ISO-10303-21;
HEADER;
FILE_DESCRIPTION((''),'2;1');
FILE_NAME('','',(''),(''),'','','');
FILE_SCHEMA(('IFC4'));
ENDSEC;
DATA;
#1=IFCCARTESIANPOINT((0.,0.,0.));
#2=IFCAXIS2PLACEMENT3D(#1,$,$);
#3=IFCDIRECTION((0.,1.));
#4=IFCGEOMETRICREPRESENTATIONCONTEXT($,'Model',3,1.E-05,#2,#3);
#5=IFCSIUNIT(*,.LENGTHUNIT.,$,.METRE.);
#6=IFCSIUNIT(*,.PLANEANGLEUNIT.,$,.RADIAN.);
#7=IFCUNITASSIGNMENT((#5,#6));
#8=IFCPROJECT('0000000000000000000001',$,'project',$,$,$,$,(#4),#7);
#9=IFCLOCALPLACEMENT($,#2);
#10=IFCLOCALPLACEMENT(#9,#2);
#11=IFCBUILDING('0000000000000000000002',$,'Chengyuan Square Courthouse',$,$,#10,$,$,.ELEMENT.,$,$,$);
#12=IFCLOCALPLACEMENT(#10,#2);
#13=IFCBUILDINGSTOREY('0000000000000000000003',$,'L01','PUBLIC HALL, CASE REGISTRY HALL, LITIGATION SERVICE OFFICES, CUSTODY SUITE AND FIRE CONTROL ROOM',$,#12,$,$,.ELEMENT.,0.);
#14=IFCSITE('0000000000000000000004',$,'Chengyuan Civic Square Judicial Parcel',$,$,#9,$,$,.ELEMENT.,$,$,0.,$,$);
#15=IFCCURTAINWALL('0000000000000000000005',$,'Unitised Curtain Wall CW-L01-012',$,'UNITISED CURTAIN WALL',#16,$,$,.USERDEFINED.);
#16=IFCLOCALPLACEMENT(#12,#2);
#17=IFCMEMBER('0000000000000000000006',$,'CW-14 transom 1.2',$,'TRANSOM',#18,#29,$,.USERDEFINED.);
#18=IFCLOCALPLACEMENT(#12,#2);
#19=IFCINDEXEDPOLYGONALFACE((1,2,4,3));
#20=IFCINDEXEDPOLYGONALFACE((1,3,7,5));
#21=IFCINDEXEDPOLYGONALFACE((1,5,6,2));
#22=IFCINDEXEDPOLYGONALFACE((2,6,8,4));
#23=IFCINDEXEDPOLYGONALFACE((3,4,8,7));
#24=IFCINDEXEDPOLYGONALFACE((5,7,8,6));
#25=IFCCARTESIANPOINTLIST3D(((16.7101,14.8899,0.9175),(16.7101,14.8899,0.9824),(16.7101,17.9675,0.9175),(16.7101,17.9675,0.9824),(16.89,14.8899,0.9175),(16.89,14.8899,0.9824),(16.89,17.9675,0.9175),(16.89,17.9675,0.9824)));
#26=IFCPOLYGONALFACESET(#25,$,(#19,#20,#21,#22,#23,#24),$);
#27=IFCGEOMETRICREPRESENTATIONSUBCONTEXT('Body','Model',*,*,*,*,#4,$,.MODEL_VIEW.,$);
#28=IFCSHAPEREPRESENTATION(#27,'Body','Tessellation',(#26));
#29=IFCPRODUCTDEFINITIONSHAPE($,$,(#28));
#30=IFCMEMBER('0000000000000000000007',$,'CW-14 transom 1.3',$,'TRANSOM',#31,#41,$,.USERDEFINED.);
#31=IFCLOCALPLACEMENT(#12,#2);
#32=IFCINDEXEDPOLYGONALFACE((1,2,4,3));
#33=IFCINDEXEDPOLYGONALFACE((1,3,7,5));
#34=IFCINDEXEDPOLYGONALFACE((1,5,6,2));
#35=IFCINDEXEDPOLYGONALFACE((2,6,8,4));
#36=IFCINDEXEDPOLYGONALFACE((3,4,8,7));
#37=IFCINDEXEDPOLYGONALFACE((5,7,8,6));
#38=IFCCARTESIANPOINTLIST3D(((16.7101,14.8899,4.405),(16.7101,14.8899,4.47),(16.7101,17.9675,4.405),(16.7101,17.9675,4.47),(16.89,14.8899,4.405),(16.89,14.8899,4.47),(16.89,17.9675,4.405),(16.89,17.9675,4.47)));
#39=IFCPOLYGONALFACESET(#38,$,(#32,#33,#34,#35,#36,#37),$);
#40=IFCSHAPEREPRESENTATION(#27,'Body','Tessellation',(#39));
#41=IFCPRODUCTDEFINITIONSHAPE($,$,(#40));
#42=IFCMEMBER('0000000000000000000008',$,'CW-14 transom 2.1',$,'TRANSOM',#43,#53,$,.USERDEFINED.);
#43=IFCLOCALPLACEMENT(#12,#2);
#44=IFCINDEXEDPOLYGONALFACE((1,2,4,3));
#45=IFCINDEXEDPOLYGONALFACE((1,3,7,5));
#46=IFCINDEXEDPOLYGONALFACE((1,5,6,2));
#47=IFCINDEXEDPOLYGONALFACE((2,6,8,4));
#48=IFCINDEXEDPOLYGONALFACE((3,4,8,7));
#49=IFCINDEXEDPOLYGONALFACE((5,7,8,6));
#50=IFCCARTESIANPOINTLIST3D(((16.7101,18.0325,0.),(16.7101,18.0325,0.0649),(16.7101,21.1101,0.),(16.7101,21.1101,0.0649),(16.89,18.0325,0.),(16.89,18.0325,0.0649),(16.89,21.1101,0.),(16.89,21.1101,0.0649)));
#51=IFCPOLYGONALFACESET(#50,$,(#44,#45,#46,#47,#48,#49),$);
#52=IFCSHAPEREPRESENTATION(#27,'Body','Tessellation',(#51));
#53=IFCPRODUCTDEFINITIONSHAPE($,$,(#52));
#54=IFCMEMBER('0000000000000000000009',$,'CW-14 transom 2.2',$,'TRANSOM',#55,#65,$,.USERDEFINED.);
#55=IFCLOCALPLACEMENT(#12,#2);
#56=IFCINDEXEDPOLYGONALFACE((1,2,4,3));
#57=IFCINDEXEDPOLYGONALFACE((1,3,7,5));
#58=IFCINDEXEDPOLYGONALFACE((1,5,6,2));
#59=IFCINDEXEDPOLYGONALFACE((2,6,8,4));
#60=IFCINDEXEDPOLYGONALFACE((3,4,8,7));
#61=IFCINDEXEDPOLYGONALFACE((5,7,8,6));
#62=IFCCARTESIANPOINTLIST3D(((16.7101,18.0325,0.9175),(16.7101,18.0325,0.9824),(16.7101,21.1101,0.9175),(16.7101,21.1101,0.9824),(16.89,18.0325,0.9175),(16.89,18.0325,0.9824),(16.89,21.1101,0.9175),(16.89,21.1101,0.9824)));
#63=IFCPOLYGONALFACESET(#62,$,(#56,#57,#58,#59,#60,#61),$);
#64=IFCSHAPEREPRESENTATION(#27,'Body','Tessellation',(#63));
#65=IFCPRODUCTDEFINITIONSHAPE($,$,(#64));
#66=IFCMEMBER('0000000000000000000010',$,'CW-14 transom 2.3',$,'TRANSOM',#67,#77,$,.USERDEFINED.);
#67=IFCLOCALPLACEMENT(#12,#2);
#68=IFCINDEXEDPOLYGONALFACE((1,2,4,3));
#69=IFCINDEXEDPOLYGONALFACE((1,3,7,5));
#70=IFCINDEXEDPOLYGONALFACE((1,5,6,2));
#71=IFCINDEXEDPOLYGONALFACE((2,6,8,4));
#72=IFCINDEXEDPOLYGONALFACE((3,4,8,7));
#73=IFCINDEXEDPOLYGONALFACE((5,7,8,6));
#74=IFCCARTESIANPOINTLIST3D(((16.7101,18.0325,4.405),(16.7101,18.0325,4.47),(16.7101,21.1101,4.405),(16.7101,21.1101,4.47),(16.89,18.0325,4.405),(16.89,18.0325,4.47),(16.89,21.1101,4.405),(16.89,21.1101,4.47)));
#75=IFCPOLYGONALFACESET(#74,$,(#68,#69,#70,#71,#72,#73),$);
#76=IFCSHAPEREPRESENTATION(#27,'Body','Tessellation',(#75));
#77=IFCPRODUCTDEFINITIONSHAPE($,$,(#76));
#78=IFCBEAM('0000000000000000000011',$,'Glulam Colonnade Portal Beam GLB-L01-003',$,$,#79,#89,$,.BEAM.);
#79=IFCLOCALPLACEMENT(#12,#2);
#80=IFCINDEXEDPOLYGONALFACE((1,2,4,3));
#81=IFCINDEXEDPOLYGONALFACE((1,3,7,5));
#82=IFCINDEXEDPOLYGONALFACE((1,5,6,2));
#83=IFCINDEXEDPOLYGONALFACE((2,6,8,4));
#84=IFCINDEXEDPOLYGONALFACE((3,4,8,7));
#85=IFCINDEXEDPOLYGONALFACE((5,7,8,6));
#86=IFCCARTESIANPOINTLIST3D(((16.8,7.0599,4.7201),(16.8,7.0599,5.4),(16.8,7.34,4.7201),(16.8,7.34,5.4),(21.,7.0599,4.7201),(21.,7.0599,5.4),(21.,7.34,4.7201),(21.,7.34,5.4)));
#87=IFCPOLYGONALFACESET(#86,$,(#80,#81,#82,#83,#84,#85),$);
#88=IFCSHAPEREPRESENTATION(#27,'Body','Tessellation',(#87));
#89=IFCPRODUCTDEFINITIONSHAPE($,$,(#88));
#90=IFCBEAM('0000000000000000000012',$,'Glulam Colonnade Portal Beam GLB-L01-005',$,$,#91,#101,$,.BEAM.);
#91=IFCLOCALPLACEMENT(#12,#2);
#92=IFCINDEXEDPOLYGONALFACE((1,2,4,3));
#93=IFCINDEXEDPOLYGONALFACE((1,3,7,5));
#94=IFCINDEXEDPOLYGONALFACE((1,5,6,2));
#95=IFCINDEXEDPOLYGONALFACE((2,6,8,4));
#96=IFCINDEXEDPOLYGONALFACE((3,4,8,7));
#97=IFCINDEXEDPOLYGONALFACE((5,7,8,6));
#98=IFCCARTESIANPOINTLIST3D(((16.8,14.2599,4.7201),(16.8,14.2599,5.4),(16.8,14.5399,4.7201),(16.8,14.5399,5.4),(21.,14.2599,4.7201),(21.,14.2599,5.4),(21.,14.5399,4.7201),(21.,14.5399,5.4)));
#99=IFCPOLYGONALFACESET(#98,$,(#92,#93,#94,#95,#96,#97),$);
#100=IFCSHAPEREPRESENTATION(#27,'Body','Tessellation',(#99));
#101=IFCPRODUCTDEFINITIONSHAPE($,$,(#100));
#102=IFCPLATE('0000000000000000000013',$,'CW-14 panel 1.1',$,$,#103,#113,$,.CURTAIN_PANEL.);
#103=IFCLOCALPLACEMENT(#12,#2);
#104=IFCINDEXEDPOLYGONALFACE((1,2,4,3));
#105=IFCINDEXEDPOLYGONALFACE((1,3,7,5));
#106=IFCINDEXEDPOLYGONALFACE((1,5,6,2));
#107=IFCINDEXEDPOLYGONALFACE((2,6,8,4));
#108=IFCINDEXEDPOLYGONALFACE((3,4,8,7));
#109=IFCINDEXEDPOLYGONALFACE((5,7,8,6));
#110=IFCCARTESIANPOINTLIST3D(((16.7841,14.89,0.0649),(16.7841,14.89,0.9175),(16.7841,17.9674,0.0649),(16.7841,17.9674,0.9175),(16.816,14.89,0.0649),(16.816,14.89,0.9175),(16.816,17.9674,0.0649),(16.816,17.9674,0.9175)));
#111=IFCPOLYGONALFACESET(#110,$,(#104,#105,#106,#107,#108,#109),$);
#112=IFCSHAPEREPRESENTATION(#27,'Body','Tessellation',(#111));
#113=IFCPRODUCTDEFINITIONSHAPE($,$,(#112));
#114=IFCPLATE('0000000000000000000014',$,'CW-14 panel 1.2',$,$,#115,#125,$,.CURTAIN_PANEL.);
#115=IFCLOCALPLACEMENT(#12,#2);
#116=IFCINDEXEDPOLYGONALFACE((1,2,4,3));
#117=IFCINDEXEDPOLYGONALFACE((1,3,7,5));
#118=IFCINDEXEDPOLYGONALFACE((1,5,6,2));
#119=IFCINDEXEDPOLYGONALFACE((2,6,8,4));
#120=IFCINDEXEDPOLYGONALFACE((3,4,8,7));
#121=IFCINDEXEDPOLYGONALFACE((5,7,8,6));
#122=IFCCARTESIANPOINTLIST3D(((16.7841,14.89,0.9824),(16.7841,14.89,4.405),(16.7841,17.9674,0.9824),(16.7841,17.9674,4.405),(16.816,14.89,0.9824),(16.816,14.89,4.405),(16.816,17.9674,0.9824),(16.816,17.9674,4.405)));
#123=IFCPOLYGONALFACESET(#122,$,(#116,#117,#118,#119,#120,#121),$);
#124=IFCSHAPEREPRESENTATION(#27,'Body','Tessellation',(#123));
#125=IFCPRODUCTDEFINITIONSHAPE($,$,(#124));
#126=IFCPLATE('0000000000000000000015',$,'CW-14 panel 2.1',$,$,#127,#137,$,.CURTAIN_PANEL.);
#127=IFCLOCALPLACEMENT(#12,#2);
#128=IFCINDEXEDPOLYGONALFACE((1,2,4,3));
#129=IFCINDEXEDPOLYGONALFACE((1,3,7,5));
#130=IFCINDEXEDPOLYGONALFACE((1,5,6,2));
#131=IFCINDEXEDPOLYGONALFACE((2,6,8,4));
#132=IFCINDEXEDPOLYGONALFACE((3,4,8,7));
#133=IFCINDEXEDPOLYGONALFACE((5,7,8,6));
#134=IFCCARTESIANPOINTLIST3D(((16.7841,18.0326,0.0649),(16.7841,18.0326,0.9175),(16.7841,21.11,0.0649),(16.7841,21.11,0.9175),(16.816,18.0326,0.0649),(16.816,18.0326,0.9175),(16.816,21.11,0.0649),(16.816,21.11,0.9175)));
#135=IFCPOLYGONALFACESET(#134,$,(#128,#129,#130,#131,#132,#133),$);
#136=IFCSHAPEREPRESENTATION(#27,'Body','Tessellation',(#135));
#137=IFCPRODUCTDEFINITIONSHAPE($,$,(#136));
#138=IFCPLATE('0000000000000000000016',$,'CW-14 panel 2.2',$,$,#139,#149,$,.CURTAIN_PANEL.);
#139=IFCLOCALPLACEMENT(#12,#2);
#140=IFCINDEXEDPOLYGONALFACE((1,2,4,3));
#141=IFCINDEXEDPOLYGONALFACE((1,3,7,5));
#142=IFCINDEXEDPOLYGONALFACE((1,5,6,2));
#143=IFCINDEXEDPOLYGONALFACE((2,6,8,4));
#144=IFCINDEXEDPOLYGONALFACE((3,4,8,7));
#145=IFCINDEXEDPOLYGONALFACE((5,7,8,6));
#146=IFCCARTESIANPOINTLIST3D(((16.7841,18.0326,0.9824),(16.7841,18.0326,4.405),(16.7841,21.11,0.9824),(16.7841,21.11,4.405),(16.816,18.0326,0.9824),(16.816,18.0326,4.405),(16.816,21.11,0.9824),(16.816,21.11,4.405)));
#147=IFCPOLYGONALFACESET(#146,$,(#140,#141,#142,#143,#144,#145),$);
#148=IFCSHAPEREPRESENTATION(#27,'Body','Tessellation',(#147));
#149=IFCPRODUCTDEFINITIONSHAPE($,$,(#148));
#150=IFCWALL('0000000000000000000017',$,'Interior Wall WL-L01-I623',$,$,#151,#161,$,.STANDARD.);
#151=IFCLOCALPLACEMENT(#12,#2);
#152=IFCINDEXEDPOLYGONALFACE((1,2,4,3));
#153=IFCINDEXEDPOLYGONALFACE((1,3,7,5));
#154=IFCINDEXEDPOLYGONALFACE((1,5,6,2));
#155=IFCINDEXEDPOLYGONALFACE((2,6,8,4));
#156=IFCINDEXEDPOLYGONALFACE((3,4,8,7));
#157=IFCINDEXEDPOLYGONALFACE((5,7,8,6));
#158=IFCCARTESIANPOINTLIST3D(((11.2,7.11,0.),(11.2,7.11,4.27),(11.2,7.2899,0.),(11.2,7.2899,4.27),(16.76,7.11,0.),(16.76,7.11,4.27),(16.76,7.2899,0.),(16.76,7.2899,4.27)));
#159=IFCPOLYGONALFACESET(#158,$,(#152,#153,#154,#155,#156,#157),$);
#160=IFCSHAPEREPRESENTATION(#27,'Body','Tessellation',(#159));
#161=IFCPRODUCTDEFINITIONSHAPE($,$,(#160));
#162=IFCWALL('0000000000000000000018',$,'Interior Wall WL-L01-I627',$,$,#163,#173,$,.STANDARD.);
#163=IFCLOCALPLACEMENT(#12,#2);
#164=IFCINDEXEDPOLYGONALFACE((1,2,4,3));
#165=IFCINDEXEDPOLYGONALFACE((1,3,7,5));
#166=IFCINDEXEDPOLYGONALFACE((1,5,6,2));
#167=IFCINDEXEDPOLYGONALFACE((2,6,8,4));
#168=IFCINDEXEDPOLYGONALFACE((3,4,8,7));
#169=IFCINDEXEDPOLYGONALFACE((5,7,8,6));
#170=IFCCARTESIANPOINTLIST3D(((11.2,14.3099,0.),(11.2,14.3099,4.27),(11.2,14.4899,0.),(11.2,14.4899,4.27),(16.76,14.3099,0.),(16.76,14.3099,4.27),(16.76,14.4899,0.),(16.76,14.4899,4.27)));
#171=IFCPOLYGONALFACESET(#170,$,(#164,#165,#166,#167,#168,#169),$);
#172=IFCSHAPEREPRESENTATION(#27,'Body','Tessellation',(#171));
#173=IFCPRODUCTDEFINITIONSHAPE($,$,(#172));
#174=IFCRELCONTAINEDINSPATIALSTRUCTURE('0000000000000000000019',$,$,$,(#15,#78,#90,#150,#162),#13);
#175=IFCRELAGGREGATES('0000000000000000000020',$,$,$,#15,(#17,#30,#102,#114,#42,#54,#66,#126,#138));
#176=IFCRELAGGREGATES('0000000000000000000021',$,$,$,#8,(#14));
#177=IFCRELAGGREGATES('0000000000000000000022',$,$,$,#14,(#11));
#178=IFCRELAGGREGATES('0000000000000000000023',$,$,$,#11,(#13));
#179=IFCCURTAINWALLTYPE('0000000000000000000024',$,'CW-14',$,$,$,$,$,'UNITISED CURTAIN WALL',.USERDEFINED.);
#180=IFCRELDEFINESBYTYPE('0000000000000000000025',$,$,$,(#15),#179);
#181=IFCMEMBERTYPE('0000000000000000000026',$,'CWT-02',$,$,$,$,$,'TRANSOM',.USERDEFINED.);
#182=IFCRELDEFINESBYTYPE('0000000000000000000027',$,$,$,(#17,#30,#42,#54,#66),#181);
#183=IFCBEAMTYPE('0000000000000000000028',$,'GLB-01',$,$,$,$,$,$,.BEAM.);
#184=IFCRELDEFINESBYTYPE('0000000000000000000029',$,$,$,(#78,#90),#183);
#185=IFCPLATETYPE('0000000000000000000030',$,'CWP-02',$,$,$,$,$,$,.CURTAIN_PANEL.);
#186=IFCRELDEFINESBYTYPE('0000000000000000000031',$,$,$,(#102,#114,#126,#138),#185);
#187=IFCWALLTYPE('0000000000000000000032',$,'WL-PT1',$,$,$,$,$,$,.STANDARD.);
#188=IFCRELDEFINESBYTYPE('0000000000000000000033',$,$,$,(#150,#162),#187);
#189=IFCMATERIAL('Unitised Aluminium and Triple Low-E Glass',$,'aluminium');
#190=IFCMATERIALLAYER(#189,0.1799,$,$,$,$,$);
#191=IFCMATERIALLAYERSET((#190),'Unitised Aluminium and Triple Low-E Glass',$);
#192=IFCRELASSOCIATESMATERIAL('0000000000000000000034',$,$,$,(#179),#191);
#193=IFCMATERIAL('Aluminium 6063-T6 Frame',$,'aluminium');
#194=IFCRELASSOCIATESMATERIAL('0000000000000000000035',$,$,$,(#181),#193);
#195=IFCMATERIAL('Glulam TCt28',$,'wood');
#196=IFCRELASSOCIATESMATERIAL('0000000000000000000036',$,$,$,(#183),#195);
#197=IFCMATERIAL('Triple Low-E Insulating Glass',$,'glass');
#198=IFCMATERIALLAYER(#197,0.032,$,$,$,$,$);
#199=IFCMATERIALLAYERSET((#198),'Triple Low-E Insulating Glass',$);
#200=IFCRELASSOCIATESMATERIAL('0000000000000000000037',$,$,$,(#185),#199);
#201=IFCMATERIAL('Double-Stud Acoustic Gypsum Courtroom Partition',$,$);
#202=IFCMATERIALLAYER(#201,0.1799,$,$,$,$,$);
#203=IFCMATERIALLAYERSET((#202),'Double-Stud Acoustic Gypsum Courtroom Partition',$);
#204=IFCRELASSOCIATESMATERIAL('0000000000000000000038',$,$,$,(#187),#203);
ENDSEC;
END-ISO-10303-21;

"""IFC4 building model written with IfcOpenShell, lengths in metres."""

from ifc_helpers import new_model, si_unit, direction, frame, frame_2d, origin, origin_2d, place, context, subcontext, project, spatial, rectangle, extrude, material, layer, layer_set, material_profile, profile_set, type_object, element, aggregate, save


model = new_model("IFC4")

# Units and contexts
model_context = context("Model", 3, precision=1e-05, world=origin(), true_north=direction((0.0, 1.0)))
body_context = subcontext(model_context, "Body", "Model", "MODEL_VIEW")
ifc_project = project(units=[si_unit("LENGTHUNIT", "METRE"), si_unit("PLANEANGLEUNIT", "RADIAN")], contexts=[model_context])

# Site, building, storey
site_placement = place(None, origin())
site = spatial("IfcSite", under=ifc_project, at=site_placement, Name="Chengyuan Civic Square Judicial Parcel", CompositionType="ELEMENT", RefElevation=0.0)
building_placement = place(site_placement, origin())
building = spatial("IfcBuilding", under=site, at=building_placement, Name="Chengyuan Square Courthouse", CompositionType="ELEMENT")
storey_placement = place(building_placement, origin())
storey = spatial("IfcBuildingStorey", under=building, at=storey_placement, Name="L01", Description="PUBLIC HALL, CASE REGISTRY HALL, LITIGATION SERVICE OFFICES, CUSTODY SUITE AND FIRE CONTROL ROOM", CompositionType="ELEMENT", Elevation=0.0)

# Shared definitions
ifc_material_1 = material(Name="Glulam TCt28", Category="wood")

# Curtain wall, members
ifc_material_2 = material(Name="Unitised Aluminium and Triple Low-E Glass", Category="aluminium")
ifc_layer_1 = layer(ifc_material_2, 0.1799)
ifc_layer_set_1 = layer_set([ifc_layer_1], Name="Unitised Aluminium and Triple Low-E Glass")
curtain_wall_type = type_object("IfcCurtainWallType", Name="CW-14", ElementType="UNITISED CURTAIN WALL", PredefinedType="USERDEFINED", material=ifc_layer_set_1)
curtain_wall_placement = place(storey_placement, origin())
curtain_wall = element("IfcCurtainWall", 1, at=curtain_wall_placement, inside=storey, type_object=curtain_wall_type, Name="Unitised Curtain Wall CW-L01-012", ObjectType="UNITISED CURTAIN WALL", PredefinedType="USERDEFINED")
ifc_material_3 = material(Name="Aluminium 6063-T6 Frame", Category="aluminium")
ifc_material_profile_1 = material_profile(ifc_material_3, rectangle(XDim=0.1799, YDim=0.0649, at=origin_2d()), Name="CW-TRN-65x140")
ifc_profile_set_1 = profile_set([ifc_material_profile_1], Name="Aluminium 6063-T6 Frame")
member_type_1 = type_object("IfcMemberType", Name="CWT-02", ElementType="TRANSOM", PredefinedType="USERDEFINED", material=ifc_profile_set_1)
member_1_placement = place(storey_placement, frame((16.8, 14.8899, 0.95), z_axis=(0.0, 1.0, 0.0), x_axis=(-1.0, 0.0, 0.0)))
member_1 = element("IfcMember", 2, at=member_1_placement, type_object=member_type_1, Name="CW-14 transom 1.2", ObjectType="TRANSOM", PredefinedType="USERDEFINED", context=body_context, shape_type="SweptSolid", body=[
    extrude(rectangle(XDim=0.1799, YDim=0.0649, at=origin_2d()), origin(), (0.0, 0.0, 1.0), 3.0776),
])
member_2_placement = place(storey_placement, frame((16.8, 14.8899, 4.4375), z_axis=(0.0, 1.0, 0.0), x_axis=(-1.0, 0.0, 0.0)))
member_2 = element("IfcMember", 3, at=member_2_placement, type_object=member_type_1, Name="CW-14 transom 1.3", ObjectType="TRANSOM", PredefinedType="USERDEFINED", context=body_context, shape_type="SweptSolid", body=[
    extrude(rectangle(XDim=0.1799, YDim=0.0649, at=origin_2d()), origin(), (0.0, 0.0, 1.0), 3.0776),
])
member_3_placement = place(storey_placement, frame((16.8, 18.0325, 0.0325), z_axis=(0.0, 1.0, 0.0), x_axis=(-1.0, 0.0, 0.0)))
member_3 = element("IfcMember", 4, at=member_3_placement, type_object=member_type_1, Name="CW-14 transom 2.1", ObjectType="TRANSOM", PredefinedType="USERDEFINED", context=body_context, shape_type="SweptSolid", body=[
    extrude(rectangle(XDim=0.1799, YDim=0.0649, at=origin_2d()), origin(), (0.0, 0.0, 1.0), 3.0776),
])
member_4_placement = place(storey_placement, frame((16.8, 18.0325, 0.95), z_axis=(0.0, 1.0, 0.0), x_axis=(-1.0, 0.0, 0.0)))
member_4 = element("IfcMember", 5, at=member_4_placement, type_object=member_type_1, Name="CW-14 transom 2.2", ObjectType="TRANSOM", PredefinedType="USERDEFINED", context=body_context, shape_type="SweptSolid", body=[
    extrude(rectangle(XDim=0.1799, YDim=0.0649, at=origin_2d()), origin(), (0.0, 0.0, 1.0), 3.0776),
])
member_5_placement = place(storey_placement, frame((16.8, 18.0325, 4.4375), z_axis=(0.0, 1.0, 0.0), x_axis=(-1.0, 0.0, 0.0)))
member_5 = element("IfcMember", 6, at=member_5_placement, type_object=member_type_1, Name="CW-14 transom 2.3", ObjectType="TRANSOM", PredefinedType="USERDEFINED", context=body_context, shape_type="SweptSolid", body=[
    extrude(rectangle(XDim=0.1799, YDim=0.0649, at=origin_2d()), origin(), (0.0, 0.0, 1.0), 3.0776),
])

# Beams
ifc_material_profile_2 = material_profile(ifc_material_1, rectangle(XDim=0.28, YDim=0.6799, at=origin_2d()), Name="GL-BM-280x680")
ifc_profile_set_2 = profile_set([ifc_material_profile_2], Name="Glulam TCt28")
beam_type_1 = type_object("IfcBeamType", Name="GLB-01", PredefinedType="BEAM", material=ifc_profile_set_2)
for number, where, z_axis, x_axis, name in (
    (7, (16.8, 7.2, 5.0601), (1.0, 0.0, 0.0), (0.0, 1.0, 0.0), "Glulam Colonnade Portal Beam GLB-L01-003"),
    (8, (16.8, 14.3999, 5.0601), (1.0, 0.0, 0.0), (0.0, 1.0, 0.0), "Glulam Colonnade Portal Beam GLB-L01-005"),
):
    element("IfcBeam", number, at=place(storey_placement, frame(where, z_axis=z_axis, x_axis=x_axis)), inside=storey, type_object=beam_type_1, Name=name, PredefinedType="BEAM", context=body_context, shape_type="SweptSolid", body=[
        extrude(rectangle(XDim=0.28, YDim=0.6799, at=origin_2d()), origin(), (0.0, 0.0, 1.0), 4.2),
    ])

# Plates
ifc_material_4 = material(Name="Triple Low-E Insulating Glass", Category="glass")
ifc_layer_2 = layer(ifc_material_4, 0.032)
ifc_layer_set_2 = layer_set([ifc_layer_2], Name="Triple Low-E Insulating Glass")
plate_type = type_object("IfcPlateType", Name="CWP-02", PredefinedType="CURTAIN_PANEL", material=ifc_layer_set_2)
plate_1_placement = place(storey_placement, frame((16.8, 16.4287, 0.0649), z_axis=(0.0, 0.0, 1.0), x_axis=(0.0, 1.0, 0.0)))
plate_1 = element("IfcPlate", 9, at=plate_1_placement, type_object=plate_type, Name="CW-14 panel 1.1", PredefinedType="CURTAIN_PANEL", context=body_context, shape_type="SweptSolid", body=[
    extrude(rectangle(XDim=3.0774, YDim=0.032, at=origin_2d()), origin(), (0.0, 0.0, 1.0), 0.8525),
])
plate_2_placement = place(storey_placement, frame((16.8, 16.4287, 0.9824), z_axis=(0.0, 0.0, 1.0), x_axis=(0.0, 1.0, 0.0)))
plate_2 = element("IfcPlate", 10, at=plate_2_placement, type_object=plate_type, Name="CW-14 panel 1.2", PredefinedType="CURTAIN_PANEL", context=body_context, shape_type="SweptSolid", body=[
    extrude(rectangle(XDim=3.0774, YDim=0.032, at=origin_2d()), origin(), (0.0, 0.0, 1.0), 3.4226),
])
plate_3_placement = place(storey_placement, frame((16.8, 19.5713, 0.0649), z_axis=(0.0, 0.0, 1.0), x_axis=(0.0, 1.0, 0.0)))
plate_3 = element("IfcPlate", 11, at=plate_3_placement, type_object=plate_type, Name="CW-14 panel 2.1", PredefinedType="CURTAIN_PANEL", context=body_context, shape_type="SweptSolid", body=[
    extrude(rectangle(XDim=3.0774, YDim=0.032, at=origin_2d()), origin(), (0.0, 0.0, 1.0), 0.8525),
])
plate_4_placement = place(storey_placement, frame((16.8, 19.5713, 0.9824), z_axis=(0.0, 0.0, 1.0), x_axis=(0.0, 1.0, 0.0)))
plate_4 = element("IfcPlate", 12, at=plate_4_placement, type_object=plate_type, Name="CW-14 panel 2.2", PredefinedType="CURTAIN_PANEL", context=body_context, shape_type="SweptSolid", body=[
    extrude(rectangle(XDim=3.0774, YDim=0.032, at=origin_2d()), origin(), (0.0, 0.0, 1.0), 3.4226),
])
aggregate(curtain_wall, [member_1, member_2, plate_1, plate_2, member_3, member_4, member_5, plate_3, plate_4])

# Walls
ifc_material_5 = material(Name="Double-Stud Acoustic Gypsum Courtroom Partition")
ifc_layer_3 = layer(ifc_material_5, 0.1799)
ifc_layer_set_3 = layer_set([ifc_layer_3], Name="Double-Stud Acoustic Gypsum Courtroom Partition")
wall_type_1 = type_object("IfcWallType", Name="WL-PT1", PredefinedType="STANDARD", material=ifc_layer_set_3)
for number, where, z_axis, x_axis, name in (
    (13, (11.2, 7.2, 0.0), (0.0, 0.0, 1.0), (1.0, 0.0, 0.0), "Interior Wall WL-L01-I623"),
    (14, (11.2, 14.3999, 0.0), (0.0, 0.0, 1.0), (1.0, 0.0, 0.0), "Interior Wall WL-L01-I627"),
):
    element("IfcWall", number, at=place(storey_placement, frame(where, z_axis=z_axis, x_axis=x_axis)), inside=storey, type_object=wall_type_1, Name=name, PredefinedType="STANDARD", context=body_context, shape_type="SweptSolid", body=[
        extrude(rectangle(XDim=5.5601, YDim=0.1799, at=frame_2d((2.78, 0.0))), origin(), (0.0, 0.0, 1.0), 4.27),
    ])

save(model, "model.ifc")
